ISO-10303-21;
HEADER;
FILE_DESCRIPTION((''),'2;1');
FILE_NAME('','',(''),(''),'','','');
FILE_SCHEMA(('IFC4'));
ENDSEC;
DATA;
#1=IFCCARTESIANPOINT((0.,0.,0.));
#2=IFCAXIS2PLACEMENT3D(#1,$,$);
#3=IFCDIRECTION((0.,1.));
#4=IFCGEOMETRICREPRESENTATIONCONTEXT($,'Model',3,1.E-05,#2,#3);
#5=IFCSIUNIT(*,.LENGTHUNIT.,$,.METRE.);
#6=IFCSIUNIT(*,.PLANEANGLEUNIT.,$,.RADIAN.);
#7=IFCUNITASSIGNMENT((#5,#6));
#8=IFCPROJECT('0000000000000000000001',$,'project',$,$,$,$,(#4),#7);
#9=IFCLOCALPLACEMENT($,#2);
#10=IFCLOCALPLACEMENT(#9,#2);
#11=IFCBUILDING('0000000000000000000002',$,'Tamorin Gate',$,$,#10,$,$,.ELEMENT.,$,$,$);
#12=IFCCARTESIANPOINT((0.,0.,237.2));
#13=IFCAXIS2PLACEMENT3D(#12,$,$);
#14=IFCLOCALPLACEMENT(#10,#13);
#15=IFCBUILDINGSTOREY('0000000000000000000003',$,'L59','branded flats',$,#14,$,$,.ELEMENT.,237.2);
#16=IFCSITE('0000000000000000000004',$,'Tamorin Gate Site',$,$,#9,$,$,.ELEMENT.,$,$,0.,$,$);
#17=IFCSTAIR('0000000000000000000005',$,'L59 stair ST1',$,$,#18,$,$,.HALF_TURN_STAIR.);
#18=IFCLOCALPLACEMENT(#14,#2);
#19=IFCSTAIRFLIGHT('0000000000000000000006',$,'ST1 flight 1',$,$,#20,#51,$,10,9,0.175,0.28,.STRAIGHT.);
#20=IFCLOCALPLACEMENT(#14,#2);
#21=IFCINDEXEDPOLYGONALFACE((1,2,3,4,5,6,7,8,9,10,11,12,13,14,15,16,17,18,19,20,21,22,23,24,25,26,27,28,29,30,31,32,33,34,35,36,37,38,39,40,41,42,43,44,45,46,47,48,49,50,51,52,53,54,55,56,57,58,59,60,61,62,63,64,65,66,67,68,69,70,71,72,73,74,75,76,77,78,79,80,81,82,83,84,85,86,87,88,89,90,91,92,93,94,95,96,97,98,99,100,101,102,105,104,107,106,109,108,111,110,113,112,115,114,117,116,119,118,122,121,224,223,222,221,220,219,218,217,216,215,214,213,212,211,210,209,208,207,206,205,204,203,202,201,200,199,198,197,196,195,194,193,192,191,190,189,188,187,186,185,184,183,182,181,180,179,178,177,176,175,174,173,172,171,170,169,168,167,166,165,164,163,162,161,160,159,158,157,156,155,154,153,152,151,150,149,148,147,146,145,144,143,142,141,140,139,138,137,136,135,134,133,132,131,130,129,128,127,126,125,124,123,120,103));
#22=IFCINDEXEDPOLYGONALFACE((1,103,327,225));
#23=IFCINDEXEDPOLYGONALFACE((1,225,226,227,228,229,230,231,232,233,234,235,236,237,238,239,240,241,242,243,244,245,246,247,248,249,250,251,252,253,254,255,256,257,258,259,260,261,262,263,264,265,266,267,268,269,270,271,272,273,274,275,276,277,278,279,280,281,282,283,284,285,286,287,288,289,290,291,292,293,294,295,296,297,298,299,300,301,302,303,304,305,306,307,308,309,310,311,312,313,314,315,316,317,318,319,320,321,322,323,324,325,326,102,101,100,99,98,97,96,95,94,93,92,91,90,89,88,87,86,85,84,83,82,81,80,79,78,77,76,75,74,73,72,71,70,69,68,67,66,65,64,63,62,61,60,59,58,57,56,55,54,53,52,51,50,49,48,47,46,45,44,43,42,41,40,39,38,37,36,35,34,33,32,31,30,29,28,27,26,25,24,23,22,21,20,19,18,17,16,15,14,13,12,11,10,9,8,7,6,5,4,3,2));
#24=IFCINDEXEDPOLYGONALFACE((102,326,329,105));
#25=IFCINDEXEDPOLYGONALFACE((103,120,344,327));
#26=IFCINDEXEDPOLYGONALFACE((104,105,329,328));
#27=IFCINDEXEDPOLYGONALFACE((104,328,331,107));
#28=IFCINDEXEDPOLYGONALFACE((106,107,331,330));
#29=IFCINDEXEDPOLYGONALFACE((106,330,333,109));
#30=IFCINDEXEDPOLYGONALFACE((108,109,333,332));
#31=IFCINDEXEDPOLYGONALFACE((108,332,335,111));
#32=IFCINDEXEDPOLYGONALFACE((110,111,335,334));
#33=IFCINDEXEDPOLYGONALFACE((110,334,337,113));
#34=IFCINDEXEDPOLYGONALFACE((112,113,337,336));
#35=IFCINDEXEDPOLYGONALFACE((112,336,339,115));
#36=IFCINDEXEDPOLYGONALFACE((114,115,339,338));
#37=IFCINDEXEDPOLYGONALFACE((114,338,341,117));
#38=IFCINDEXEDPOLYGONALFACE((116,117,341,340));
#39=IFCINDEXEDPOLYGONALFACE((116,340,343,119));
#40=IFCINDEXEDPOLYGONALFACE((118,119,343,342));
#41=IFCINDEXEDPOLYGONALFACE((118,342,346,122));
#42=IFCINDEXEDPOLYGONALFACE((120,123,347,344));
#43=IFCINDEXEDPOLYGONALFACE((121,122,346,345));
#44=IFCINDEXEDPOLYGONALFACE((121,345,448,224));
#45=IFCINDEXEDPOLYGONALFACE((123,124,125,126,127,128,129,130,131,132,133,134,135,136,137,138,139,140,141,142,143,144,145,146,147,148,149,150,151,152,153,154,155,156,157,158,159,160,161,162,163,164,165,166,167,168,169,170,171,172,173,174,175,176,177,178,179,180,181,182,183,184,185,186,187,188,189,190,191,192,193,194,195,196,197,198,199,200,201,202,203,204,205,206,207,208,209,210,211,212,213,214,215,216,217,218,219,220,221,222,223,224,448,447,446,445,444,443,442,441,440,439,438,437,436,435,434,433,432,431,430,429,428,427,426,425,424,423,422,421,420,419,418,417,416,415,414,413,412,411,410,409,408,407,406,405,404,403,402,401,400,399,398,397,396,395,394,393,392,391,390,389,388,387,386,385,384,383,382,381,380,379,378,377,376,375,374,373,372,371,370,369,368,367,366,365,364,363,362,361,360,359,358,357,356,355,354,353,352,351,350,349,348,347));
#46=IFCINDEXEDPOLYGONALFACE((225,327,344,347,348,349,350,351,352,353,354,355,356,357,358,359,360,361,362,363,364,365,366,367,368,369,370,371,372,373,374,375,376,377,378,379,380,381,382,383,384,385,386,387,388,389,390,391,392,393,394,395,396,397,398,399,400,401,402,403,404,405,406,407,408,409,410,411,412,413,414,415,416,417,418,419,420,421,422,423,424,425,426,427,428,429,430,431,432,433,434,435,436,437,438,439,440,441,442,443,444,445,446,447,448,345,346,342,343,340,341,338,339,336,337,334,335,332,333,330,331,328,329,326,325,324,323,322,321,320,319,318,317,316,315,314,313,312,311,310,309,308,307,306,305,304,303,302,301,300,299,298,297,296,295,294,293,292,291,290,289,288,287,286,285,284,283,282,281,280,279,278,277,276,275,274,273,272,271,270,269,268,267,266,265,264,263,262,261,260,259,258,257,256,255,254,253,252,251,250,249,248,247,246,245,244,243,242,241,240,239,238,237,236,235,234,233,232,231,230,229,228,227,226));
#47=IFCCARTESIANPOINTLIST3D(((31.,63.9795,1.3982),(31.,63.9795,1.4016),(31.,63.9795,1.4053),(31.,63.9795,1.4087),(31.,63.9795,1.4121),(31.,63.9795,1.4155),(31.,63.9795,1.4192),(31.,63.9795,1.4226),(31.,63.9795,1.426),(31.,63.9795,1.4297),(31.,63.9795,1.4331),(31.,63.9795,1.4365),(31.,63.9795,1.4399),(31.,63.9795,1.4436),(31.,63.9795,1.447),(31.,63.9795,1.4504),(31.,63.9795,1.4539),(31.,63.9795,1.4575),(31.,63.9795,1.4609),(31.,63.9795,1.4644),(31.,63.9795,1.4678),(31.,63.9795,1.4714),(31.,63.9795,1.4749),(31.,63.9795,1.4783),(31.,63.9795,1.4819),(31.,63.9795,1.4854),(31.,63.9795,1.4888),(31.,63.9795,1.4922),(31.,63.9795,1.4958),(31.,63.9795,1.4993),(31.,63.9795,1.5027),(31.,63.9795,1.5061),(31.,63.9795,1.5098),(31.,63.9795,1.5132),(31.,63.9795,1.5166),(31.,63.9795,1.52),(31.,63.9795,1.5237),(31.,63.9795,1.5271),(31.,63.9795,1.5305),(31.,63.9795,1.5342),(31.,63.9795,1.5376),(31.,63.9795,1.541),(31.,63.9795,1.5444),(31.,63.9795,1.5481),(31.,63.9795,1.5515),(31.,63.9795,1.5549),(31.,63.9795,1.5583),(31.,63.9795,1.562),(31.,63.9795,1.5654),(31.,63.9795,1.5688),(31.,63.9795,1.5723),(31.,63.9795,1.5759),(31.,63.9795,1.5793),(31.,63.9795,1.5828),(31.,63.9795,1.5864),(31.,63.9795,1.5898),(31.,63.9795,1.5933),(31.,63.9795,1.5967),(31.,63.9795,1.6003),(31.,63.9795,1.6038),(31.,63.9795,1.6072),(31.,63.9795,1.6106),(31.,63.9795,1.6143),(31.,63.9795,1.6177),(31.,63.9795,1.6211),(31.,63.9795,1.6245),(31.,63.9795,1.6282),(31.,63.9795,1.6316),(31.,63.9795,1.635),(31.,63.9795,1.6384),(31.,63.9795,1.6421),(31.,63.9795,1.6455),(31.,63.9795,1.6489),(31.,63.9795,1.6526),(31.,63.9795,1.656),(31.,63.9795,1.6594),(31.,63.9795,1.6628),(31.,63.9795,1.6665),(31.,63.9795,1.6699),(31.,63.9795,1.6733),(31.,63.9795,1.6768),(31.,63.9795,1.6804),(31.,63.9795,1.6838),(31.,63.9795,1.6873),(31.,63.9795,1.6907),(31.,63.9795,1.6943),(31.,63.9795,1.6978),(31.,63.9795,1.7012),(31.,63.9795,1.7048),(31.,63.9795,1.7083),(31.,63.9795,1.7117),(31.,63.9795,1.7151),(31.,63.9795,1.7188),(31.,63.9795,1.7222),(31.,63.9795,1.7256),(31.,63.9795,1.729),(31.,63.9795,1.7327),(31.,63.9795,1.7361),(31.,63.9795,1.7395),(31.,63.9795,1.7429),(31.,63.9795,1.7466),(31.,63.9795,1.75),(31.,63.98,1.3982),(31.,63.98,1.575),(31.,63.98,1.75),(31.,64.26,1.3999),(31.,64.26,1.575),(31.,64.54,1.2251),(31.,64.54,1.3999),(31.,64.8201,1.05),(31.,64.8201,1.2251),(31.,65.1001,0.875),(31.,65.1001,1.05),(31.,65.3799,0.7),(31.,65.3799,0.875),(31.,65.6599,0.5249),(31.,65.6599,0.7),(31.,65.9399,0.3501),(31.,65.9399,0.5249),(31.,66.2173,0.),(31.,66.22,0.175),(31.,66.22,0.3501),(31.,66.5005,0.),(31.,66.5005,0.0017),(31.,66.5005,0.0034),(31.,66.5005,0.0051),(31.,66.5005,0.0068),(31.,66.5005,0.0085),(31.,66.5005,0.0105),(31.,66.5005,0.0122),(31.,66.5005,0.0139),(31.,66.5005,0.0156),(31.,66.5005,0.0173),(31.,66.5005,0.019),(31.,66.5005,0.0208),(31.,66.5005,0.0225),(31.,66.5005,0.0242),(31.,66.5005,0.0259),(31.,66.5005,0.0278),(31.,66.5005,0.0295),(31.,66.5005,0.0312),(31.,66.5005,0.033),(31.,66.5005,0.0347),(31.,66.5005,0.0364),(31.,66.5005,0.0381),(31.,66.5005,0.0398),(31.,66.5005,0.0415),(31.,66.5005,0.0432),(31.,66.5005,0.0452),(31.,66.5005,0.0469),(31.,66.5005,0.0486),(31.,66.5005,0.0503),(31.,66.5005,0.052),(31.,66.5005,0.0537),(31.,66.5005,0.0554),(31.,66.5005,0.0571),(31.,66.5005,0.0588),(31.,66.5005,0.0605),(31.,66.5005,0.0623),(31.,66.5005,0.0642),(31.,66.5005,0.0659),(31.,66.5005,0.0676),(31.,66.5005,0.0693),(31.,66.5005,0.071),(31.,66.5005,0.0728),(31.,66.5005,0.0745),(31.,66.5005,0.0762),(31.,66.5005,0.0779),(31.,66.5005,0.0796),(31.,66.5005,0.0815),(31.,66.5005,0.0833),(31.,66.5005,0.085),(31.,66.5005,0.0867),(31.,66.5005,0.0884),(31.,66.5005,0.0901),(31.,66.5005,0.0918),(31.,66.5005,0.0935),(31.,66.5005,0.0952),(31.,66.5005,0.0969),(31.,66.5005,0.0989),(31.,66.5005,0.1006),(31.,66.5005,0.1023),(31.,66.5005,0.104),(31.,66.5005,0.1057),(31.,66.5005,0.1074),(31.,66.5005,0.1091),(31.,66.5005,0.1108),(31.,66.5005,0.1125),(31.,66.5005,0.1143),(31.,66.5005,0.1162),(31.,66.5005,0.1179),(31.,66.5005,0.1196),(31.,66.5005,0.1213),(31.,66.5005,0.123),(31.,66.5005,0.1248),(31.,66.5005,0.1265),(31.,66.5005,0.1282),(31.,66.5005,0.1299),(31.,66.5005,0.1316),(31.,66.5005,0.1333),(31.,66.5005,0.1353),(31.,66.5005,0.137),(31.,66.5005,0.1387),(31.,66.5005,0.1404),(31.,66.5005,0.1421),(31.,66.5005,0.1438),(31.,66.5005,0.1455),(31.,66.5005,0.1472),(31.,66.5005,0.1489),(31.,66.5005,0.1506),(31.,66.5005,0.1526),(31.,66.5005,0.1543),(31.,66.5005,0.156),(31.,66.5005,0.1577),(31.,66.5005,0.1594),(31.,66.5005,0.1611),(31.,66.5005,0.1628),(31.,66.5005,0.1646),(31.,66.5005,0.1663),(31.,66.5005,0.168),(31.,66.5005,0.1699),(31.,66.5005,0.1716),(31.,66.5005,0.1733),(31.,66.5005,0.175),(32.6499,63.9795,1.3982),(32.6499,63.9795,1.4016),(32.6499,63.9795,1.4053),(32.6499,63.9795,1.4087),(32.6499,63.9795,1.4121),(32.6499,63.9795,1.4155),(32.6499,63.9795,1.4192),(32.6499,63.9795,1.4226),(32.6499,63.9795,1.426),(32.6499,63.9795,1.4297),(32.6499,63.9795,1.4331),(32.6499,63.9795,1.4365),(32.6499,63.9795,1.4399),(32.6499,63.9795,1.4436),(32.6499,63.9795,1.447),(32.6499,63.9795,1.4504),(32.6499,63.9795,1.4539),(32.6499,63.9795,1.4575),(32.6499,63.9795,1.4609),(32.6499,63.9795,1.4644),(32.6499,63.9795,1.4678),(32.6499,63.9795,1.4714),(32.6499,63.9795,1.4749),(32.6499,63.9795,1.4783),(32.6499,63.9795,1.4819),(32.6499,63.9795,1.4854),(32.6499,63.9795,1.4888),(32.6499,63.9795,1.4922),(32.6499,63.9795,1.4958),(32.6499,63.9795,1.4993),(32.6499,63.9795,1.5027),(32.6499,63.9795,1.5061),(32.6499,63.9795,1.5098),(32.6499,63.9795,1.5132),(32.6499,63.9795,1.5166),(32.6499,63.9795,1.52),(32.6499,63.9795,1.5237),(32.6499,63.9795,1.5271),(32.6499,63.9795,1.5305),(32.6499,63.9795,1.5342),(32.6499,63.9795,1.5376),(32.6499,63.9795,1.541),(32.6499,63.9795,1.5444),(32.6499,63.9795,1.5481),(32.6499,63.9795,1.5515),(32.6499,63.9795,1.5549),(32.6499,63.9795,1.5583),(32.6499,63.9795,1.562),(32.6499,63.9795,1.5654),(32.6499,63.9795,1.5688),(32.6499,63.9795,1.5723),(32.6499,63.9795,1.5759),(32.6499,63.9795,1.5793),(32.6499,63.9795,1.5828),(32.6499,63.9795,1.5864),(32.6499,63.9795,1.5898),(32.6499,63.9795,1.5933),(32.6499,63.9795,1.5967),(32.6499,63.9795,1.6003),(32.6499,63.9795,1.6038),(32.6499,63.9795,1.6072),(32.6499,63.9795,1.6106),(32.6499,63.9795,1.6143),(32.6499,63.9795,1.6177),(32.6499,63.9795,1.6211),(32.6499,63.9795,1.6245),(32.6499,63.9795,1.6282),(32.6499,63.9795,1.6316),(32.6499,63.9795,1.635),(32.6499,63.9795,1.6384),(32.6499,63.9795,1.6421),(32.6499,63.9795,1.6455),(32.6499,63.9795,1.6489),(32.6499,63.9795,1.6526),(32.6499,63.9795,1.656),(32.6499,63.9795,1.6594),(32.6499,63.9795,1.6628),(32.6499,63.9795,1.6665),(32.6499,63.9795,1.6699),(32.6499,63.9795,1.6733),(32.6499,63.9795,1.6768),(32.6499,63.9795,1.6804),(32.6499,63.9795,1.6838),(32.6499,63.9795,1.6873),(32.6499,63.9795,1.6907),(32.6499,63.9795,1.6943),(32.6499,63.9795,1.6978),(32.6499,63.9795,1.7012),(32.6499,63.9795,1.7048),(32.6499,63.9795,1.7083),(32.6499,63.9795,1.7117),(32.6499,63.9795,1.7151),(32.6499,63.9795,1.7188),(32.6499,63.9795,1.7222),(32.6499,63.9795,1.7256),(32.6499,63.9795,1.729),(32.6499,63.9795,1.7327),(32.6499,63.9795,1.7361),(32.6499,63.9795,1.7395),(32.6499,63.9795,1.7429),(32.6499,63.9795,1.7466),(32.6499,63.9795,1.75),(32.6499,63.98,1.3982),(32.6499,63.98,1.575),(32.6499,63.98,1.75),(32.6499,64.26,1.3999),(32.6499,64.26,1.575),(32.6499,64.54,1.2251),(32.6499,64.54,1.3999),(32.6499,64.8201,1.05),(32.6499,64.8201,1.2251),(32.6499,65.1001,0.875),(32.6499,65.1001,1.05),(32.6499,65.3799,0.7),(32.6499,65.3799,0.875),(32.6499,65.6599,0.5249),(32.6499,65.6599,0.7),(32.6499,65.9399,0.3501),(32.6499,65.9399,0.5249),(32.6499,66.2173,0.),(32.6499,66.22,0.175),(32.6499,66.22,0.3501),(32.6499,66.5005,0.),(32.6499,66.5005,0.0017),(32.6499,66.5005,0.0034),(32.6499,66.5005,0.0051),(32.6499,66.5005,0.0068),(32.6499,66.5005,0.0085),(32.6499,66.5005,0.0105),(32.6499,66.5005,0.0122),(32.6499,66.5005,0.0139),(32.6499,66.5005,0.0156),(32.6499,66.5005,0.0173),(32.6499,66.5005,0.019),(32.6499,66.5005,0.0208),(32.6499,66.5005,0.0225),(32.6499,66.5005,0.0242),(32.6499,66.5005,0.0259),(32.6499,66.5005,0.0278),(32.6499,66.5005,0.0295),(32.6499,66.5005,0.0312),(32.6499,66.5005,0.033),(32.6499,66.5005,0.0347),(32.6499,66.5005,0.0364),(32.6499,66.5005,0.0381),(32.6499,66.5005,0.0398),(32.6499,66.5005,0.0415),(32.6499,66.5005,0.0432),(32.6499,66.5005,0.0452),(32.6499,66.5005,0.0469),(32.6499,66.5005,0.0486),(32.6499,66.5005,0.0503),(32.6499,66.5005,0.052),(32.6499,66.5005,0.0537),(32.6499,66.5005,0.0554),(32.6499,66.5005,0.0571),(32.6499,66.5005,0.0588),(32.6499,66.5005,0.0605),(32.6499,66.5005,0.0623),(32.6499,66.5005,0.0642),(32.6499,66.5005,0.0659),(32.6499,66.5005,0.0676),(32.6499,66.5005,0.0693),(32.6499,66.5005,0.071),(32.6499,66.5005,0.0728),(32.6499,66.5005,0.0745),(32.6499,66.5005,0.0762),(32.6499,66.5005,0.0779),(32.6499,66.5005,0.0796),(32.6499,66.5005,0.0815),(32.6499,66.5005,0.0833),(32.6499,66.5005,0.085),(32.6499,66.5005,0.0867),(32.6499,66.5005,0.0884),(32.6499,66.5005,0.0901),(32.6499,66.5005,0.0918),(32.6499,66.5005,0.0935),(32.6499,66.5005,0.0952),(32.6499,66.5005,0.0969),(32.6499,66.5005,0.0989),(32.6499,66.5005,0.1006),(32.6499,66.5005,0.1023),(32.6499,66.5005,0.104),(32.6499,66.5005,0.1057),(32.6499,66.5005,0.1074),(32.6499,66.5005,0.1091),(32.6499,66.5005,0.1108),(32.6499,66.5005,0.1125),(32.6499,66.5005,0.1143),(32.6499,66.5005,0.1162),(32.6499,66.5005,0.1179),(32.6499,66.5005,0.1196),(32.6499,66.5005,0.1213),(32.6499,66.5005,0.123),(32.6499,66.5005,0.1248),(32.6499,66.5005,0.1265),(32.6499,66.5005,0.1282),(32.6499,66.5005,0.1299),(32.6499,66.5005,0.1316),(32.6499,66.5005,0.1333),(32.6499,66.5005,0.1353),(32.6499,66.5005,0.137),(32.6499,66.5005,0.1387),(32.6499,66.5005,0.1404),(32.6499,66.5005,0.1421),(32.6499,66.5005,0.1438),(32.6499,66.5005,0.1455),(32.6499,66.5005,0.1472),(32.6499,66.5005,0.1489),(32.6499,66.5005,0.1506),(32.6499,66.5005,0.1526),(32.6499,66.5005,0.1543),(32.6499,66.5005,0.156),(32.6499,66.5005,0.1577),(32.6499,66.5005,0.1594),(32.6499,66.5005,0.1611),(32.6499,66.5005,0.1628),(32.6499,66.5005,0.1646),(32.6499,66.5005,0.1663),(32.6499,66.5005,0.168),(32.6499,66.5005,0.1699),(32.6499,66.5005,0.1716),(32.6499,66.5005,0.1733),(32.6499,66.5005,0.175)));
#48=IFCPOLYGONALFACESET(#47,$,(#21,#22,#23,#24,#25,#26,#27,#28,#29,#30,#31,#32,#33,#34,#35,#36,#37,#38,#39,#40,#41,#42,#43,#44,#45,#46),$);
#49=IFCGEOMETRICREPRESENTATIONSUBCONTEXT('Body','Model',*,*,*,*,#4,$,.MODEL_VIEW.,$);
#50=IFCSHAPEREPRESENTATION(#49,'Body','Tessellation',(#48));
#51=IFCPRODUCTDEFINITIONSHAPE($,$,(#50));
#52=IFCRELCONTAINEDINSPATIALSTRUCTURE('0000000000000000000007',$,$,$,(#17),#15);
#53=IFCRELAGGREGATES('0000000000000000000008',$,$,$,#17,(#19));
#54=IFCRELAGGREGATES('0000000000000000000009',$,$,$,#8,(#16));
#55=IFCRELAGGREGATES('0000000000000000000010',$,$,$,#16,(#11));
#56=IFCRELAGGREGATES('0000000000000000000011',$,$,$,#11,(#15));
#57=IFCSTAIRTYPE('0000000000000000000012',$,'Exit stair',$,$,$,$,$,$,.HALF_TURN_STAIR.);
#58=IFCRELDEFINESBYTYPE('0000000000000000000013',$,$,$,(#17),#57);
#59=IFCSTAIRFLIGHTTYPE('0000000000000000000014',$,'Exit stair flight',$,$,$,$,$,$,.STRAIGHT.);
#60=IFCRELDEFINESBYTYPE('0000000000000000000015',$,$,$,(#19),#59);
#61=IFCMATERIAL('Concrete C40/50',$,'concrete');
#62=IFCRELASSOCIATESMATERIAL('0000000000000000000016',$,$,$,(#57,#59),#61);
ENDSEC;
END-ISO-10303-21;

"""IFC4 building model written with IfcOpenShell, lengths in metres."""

from ifc_helpers import new_model, si_unit, direction, frame, origin, place, context, subcontext, project, spatial, polyline, outline, extrude, material, type_object, element, aggregate, save


model = new_model("IFC4")

# Units and contexts
model_context = context("Model", 3, precision=1e-05, world=origin(), true_north=direction((0.0, 1.0)))
body_context = subcontext(model_context, "Body", "Model", "MODEL_VIEW")
ifc_project = project(units=[si_unit("LENGTHUNIT", "METRE"), si_unit("PLANEANGLEUNIT", "RADIAN")], contexts=[model_context])

# Site, building, storey
site_placement = place(None, origin())
site = spatial("IfcSite", under=ifc_project, at=site_placement, Name="Tamorin Gate Site", CompositionType="ELEMENT", RefElevation=0.0)
building_placement = place(site_placement, origin())
building = spatial("IfcBuilding", under=site, at=building_placement, Name="Tamorin Gate", CompositionType="ELEMENT")
storey_placement = place(building_placement, frame((0.0, 0.0, 237.2)))
storey = spatial("IfcBuildingStorey", under=building, at=storey_placement, Name="L59", Description="branded flats", CompositionType="ELEMENT", Elevation=237.2)

# Shared definitions
ifc_material_1 = material(Name="Concrete C40/50", Category="concrete")

# Stair, stair flight
stair_type = type_object("IfcStairType", Name="Exit stair", PredefinedType="HALF_TURN_STAIR", material=ifc_material_1)
stair_1_placement = place(storey_placement, origin())
stair_1 = element("IfcStair", 1, at=stair_1_placement, inside=storey, type_object=stair_type, Name="L59 stair ST1", PredefinedType="HALF_TURN_STAIR")
stair_flight_type = type_object("IfcStairFlightType", Name="Exit stair flight", PredefinedType="STRAIGHT", material=ifc_material_1)
stair_flight_1_placement = place(storey_placement, frame((31.825, 66.5, 0.0), z_axis=(0.0, 0.0, 1.0), x_axis=(0.0, -1.0, 0.0)))
stair_flight_1 = element("IfcStairFlight", 2, at=stair_flight_1_placement, type_object=stair_flight_type, Name="ST1 flight 1", NumberOfRisers=10, NumberOfTreads=9, PredefinedType="STRAIGHT", RiserHeight=0.175, TreadLength=0.28, context=body_context, shape_type="SweptSolid", body=[
    extrude(outline(polyline([(-0.0005, 0.0), (-0.0005, 0.0017), (-0.0005, 0.0034), (-0.0005, 0.0051), (-0.0005, 0.0068), (-0.0005, 0.0085), (-0.0005, 0.0105), (-0.0005, 0.0122), (-0.0005, 0.0139), (-0.0005, 0.0156), (-0.0005, 0.0173), (-0.0005, 0.019), (-0.0005, 0.0208), (-0.0005, 0.0225), (-0.0005, 0.0242), (-0.0005, 0.0259), (-0.0005, 0.0278), (-0.0005, 0.0295), (-0.0005, 0.0312), (-0.0005, 0.033), (-0.0005, 0.0347), (-0.0005, 0.0364), (-0.0005, 0.0381), (-0.0005, 0.0398), (-0.0005, 0.0415), (-0.0005, 0.0432), (-0.0005, 0.0452), (-0.0005, 0.0469), (-0.0005, 0.0486), (-0.0005, 0.0503), (-0.0005, 0.052), (-0.0005, 0.0537), (-0.0005, 0.0554), (-0.0005, 0.0571), (-0.0005, 0.0588), (-0.0005, 0.0605), (-0.0005, 0.0623), (-0.0005, 0.0642), (-0.0005, 0.0659), (-0.0005, 0.0676), (-0.0005, 0.0693), (-0.0005, 0.071), (-0.0005, 0.0728), (-0.0005, 0.0745), (-0.0005, 0.0762), (-0.0005, 0.0779), (-0.0005, 0.0796), (-0.0005, 0.0815), (-0.0005, 0.0833), (-0.0005, 0.085), (-0.0005, 0.0867), (-0.0005, 0.0884), (-0.0005, 0.0901), (-0.0005, 0.0918), (-0.0005, 0.0935), (-0.0005, 0.0952), (-0.0005, 0.0969), (-0.0005, 0.0989), (-0.0005, 0.1006), (-0.0005, 0.1023), (-0.0005, 0.104), (-0.0005, 0.1057), (-0.0005, 0.1074), (-0.0005, 0.1091), (-0.0005, 0.1108), (-0.0005, 0.1125), (-0.0005, 0.1143), (-0.0005, 0.1162), (-0.0005, 0.1179), (-0.0005, 0.1196), (-0.0005, 0.1213), (-0.0005, 0.123), (-0.0005, 0.1248), (-0.0005, 0.1265), (-0.0005, 0.1282), (-0.0005, 0.1299), (-0.0005, 0.1316), (-0.0005, 0.1333), (-0.0005, 0.1353), (-0.0005, 0.137), (-0.0005, 0.1387), (-0.0005, 0.1404), (-0.0005, 0.1421), (-0.0005, 0.1438), (-0.0005, 0.1455), (-0.0005, 0.1472), (-0.0005, 0.1489), (-0.0005, 0.1506), (-0.0005, 0.1526), (-0.0005, 0.1543), (-0.0005, 0.156), (-0.0005, 0.1577), (-0.0005, 0.1594), (-0.0005, 0.1611), (-0.0005, 0.1628), (-0.0005, 0.1646), (-0.0005, 0.1663), (-0.0005, 0.168), (-0.0005, 0.1699), (-0.0005, 0.1716), (-0.0005, 0.1733), (-0.0005, 0.175), (0.28, 0.175), (0.28, 0.3501), (0.5601, 0.3501), (0.5601, 0.5249), (0.8401, 0.5249), (0.8401, 0.7), (1.1201, 0.7), (1.1201, 0.875), (1.3999, 0.875), (1.3999, 1.05), (1.6799, 1.05), (1.6799, 1.2251), (1.96, 1.2251), (1.96, 1.3999), (2.24, 1.3999), (2.24, 1.575), (2.52, 1.575), (2.52, 1.75), (2.5205, 1.75), (2.5205, 1.7466), (2.5205, 1.7429), (2.5205, 1.7395), (2.5205, 1.7361), (2.5205, 1.7327), (2.5205, 1.729), (2.5205, 1.7256), (2.5205, 1.7222), (2.5205, 1.7188), (2.5205, 1.7151), (2.5205, 1.7117), (2.5205, 1.7083), (2.5205, 1.7048), (2.5205, 1.7012), (2.5205, 1.6978), (2.5205, 1.6943), (2.5205, 1.6907), (2.5205, 1.6873), (2.5205, 1.6838), (2.5205, 1.6804), (2.5205, 1.6768), (2.5205, 1.6733), (2.5205, 1.6699), (2.5205, 1.6665), (2.5205, 1.6628), (2.5205, 1.6594), (2.5205, 1.656), (2.5205, 1.6526), (2.5205, 1.6489), (2.5205, 1.6455), (2.5205, 1.6421), (2.5205, 1.6384), (2.5205, 1.635), (2.5205, 1.6316), (2.5205, 1.6282), (2.5205, 1.6245), (2.5205, 1.6211), (2.5205, 1.6177), (2.5205, 1.6143), (2.5205, 1.6106), (2.5205, 1.6072), (2.5205, 1.6038), (2.5205, 1.6003), (2.5205, 1.5967), (2.5205, 1.5933), (2.5205, 1.5898), (2.5205, 1.5864), (2.5205, 1.5828), (2.5205, 1.5793), (2.5205, 1.5759), (2.5205, 1.5723), (2.5205, 1.5688), (2.5205, 1.5654), (2.5205, 1.562), (2.5205, 1.5583), (2.5205, 1.5549), (2.5205, 1.5515), (2.5205, 1.5481), (2.5205, 1.5444), (2.5205, 1.541), (2.5205, 1.5376), (2.5205, 1.5342), (2.5205, 1.5305), (2.5205, 1.5271), (2.5205, 1.5237), (2.5205, 1.52), (2.5205, 1.5166), (2.5205, 1.5132), (2.5205, 1.5098), (2.5205, 1.5061), (2.5205, 1.5027), (2.5205, 1.4993), (2.5205, 1.4958), (2.5205, 1.4922), (2.5205, 1.4888), (2.5205, 1.4854), (2.5205, 1.4819), (2.5205, 1.4783), (2.5205, 1.4749), (2.5205, 1.4714), (2.5205, 1.4678), (2.5205, 1.4644), (2.5205, 1.4609), (2.5205, 1.4575), (2.5205, 1.4539), (2.5205, 1.4504), (2.5205, 1.447), (2.5205, 1.4436), (2.5205, 1.4399), (2.5205, 1.4365), (2.5205, 1.4331), (2.5205, 1.4297), (2.5205, 1.426), (2.5205, 1.4226), (2.5205, 1.4192), (2.5205, 1.4155), (2.5205, 1.4121), (2.5205, 1.4087), (2.5205, 1.4053), (2.5205, 1.4016), (2.5205, 1.3982), (2.52, 1.3982), (0.2827, 0.0), (-0.0005, 0.0)])), frame((0.0, 0.825, 0.0), z_axis=(0.0, -1.0, 0.0), x_axis=(1.0, 0.0, 0.0)), (0.0, 0.0, 1.0), 1.6499),
])
aggregate(stair_1, [stair_flight_1])

save(model, "model.ifc")
